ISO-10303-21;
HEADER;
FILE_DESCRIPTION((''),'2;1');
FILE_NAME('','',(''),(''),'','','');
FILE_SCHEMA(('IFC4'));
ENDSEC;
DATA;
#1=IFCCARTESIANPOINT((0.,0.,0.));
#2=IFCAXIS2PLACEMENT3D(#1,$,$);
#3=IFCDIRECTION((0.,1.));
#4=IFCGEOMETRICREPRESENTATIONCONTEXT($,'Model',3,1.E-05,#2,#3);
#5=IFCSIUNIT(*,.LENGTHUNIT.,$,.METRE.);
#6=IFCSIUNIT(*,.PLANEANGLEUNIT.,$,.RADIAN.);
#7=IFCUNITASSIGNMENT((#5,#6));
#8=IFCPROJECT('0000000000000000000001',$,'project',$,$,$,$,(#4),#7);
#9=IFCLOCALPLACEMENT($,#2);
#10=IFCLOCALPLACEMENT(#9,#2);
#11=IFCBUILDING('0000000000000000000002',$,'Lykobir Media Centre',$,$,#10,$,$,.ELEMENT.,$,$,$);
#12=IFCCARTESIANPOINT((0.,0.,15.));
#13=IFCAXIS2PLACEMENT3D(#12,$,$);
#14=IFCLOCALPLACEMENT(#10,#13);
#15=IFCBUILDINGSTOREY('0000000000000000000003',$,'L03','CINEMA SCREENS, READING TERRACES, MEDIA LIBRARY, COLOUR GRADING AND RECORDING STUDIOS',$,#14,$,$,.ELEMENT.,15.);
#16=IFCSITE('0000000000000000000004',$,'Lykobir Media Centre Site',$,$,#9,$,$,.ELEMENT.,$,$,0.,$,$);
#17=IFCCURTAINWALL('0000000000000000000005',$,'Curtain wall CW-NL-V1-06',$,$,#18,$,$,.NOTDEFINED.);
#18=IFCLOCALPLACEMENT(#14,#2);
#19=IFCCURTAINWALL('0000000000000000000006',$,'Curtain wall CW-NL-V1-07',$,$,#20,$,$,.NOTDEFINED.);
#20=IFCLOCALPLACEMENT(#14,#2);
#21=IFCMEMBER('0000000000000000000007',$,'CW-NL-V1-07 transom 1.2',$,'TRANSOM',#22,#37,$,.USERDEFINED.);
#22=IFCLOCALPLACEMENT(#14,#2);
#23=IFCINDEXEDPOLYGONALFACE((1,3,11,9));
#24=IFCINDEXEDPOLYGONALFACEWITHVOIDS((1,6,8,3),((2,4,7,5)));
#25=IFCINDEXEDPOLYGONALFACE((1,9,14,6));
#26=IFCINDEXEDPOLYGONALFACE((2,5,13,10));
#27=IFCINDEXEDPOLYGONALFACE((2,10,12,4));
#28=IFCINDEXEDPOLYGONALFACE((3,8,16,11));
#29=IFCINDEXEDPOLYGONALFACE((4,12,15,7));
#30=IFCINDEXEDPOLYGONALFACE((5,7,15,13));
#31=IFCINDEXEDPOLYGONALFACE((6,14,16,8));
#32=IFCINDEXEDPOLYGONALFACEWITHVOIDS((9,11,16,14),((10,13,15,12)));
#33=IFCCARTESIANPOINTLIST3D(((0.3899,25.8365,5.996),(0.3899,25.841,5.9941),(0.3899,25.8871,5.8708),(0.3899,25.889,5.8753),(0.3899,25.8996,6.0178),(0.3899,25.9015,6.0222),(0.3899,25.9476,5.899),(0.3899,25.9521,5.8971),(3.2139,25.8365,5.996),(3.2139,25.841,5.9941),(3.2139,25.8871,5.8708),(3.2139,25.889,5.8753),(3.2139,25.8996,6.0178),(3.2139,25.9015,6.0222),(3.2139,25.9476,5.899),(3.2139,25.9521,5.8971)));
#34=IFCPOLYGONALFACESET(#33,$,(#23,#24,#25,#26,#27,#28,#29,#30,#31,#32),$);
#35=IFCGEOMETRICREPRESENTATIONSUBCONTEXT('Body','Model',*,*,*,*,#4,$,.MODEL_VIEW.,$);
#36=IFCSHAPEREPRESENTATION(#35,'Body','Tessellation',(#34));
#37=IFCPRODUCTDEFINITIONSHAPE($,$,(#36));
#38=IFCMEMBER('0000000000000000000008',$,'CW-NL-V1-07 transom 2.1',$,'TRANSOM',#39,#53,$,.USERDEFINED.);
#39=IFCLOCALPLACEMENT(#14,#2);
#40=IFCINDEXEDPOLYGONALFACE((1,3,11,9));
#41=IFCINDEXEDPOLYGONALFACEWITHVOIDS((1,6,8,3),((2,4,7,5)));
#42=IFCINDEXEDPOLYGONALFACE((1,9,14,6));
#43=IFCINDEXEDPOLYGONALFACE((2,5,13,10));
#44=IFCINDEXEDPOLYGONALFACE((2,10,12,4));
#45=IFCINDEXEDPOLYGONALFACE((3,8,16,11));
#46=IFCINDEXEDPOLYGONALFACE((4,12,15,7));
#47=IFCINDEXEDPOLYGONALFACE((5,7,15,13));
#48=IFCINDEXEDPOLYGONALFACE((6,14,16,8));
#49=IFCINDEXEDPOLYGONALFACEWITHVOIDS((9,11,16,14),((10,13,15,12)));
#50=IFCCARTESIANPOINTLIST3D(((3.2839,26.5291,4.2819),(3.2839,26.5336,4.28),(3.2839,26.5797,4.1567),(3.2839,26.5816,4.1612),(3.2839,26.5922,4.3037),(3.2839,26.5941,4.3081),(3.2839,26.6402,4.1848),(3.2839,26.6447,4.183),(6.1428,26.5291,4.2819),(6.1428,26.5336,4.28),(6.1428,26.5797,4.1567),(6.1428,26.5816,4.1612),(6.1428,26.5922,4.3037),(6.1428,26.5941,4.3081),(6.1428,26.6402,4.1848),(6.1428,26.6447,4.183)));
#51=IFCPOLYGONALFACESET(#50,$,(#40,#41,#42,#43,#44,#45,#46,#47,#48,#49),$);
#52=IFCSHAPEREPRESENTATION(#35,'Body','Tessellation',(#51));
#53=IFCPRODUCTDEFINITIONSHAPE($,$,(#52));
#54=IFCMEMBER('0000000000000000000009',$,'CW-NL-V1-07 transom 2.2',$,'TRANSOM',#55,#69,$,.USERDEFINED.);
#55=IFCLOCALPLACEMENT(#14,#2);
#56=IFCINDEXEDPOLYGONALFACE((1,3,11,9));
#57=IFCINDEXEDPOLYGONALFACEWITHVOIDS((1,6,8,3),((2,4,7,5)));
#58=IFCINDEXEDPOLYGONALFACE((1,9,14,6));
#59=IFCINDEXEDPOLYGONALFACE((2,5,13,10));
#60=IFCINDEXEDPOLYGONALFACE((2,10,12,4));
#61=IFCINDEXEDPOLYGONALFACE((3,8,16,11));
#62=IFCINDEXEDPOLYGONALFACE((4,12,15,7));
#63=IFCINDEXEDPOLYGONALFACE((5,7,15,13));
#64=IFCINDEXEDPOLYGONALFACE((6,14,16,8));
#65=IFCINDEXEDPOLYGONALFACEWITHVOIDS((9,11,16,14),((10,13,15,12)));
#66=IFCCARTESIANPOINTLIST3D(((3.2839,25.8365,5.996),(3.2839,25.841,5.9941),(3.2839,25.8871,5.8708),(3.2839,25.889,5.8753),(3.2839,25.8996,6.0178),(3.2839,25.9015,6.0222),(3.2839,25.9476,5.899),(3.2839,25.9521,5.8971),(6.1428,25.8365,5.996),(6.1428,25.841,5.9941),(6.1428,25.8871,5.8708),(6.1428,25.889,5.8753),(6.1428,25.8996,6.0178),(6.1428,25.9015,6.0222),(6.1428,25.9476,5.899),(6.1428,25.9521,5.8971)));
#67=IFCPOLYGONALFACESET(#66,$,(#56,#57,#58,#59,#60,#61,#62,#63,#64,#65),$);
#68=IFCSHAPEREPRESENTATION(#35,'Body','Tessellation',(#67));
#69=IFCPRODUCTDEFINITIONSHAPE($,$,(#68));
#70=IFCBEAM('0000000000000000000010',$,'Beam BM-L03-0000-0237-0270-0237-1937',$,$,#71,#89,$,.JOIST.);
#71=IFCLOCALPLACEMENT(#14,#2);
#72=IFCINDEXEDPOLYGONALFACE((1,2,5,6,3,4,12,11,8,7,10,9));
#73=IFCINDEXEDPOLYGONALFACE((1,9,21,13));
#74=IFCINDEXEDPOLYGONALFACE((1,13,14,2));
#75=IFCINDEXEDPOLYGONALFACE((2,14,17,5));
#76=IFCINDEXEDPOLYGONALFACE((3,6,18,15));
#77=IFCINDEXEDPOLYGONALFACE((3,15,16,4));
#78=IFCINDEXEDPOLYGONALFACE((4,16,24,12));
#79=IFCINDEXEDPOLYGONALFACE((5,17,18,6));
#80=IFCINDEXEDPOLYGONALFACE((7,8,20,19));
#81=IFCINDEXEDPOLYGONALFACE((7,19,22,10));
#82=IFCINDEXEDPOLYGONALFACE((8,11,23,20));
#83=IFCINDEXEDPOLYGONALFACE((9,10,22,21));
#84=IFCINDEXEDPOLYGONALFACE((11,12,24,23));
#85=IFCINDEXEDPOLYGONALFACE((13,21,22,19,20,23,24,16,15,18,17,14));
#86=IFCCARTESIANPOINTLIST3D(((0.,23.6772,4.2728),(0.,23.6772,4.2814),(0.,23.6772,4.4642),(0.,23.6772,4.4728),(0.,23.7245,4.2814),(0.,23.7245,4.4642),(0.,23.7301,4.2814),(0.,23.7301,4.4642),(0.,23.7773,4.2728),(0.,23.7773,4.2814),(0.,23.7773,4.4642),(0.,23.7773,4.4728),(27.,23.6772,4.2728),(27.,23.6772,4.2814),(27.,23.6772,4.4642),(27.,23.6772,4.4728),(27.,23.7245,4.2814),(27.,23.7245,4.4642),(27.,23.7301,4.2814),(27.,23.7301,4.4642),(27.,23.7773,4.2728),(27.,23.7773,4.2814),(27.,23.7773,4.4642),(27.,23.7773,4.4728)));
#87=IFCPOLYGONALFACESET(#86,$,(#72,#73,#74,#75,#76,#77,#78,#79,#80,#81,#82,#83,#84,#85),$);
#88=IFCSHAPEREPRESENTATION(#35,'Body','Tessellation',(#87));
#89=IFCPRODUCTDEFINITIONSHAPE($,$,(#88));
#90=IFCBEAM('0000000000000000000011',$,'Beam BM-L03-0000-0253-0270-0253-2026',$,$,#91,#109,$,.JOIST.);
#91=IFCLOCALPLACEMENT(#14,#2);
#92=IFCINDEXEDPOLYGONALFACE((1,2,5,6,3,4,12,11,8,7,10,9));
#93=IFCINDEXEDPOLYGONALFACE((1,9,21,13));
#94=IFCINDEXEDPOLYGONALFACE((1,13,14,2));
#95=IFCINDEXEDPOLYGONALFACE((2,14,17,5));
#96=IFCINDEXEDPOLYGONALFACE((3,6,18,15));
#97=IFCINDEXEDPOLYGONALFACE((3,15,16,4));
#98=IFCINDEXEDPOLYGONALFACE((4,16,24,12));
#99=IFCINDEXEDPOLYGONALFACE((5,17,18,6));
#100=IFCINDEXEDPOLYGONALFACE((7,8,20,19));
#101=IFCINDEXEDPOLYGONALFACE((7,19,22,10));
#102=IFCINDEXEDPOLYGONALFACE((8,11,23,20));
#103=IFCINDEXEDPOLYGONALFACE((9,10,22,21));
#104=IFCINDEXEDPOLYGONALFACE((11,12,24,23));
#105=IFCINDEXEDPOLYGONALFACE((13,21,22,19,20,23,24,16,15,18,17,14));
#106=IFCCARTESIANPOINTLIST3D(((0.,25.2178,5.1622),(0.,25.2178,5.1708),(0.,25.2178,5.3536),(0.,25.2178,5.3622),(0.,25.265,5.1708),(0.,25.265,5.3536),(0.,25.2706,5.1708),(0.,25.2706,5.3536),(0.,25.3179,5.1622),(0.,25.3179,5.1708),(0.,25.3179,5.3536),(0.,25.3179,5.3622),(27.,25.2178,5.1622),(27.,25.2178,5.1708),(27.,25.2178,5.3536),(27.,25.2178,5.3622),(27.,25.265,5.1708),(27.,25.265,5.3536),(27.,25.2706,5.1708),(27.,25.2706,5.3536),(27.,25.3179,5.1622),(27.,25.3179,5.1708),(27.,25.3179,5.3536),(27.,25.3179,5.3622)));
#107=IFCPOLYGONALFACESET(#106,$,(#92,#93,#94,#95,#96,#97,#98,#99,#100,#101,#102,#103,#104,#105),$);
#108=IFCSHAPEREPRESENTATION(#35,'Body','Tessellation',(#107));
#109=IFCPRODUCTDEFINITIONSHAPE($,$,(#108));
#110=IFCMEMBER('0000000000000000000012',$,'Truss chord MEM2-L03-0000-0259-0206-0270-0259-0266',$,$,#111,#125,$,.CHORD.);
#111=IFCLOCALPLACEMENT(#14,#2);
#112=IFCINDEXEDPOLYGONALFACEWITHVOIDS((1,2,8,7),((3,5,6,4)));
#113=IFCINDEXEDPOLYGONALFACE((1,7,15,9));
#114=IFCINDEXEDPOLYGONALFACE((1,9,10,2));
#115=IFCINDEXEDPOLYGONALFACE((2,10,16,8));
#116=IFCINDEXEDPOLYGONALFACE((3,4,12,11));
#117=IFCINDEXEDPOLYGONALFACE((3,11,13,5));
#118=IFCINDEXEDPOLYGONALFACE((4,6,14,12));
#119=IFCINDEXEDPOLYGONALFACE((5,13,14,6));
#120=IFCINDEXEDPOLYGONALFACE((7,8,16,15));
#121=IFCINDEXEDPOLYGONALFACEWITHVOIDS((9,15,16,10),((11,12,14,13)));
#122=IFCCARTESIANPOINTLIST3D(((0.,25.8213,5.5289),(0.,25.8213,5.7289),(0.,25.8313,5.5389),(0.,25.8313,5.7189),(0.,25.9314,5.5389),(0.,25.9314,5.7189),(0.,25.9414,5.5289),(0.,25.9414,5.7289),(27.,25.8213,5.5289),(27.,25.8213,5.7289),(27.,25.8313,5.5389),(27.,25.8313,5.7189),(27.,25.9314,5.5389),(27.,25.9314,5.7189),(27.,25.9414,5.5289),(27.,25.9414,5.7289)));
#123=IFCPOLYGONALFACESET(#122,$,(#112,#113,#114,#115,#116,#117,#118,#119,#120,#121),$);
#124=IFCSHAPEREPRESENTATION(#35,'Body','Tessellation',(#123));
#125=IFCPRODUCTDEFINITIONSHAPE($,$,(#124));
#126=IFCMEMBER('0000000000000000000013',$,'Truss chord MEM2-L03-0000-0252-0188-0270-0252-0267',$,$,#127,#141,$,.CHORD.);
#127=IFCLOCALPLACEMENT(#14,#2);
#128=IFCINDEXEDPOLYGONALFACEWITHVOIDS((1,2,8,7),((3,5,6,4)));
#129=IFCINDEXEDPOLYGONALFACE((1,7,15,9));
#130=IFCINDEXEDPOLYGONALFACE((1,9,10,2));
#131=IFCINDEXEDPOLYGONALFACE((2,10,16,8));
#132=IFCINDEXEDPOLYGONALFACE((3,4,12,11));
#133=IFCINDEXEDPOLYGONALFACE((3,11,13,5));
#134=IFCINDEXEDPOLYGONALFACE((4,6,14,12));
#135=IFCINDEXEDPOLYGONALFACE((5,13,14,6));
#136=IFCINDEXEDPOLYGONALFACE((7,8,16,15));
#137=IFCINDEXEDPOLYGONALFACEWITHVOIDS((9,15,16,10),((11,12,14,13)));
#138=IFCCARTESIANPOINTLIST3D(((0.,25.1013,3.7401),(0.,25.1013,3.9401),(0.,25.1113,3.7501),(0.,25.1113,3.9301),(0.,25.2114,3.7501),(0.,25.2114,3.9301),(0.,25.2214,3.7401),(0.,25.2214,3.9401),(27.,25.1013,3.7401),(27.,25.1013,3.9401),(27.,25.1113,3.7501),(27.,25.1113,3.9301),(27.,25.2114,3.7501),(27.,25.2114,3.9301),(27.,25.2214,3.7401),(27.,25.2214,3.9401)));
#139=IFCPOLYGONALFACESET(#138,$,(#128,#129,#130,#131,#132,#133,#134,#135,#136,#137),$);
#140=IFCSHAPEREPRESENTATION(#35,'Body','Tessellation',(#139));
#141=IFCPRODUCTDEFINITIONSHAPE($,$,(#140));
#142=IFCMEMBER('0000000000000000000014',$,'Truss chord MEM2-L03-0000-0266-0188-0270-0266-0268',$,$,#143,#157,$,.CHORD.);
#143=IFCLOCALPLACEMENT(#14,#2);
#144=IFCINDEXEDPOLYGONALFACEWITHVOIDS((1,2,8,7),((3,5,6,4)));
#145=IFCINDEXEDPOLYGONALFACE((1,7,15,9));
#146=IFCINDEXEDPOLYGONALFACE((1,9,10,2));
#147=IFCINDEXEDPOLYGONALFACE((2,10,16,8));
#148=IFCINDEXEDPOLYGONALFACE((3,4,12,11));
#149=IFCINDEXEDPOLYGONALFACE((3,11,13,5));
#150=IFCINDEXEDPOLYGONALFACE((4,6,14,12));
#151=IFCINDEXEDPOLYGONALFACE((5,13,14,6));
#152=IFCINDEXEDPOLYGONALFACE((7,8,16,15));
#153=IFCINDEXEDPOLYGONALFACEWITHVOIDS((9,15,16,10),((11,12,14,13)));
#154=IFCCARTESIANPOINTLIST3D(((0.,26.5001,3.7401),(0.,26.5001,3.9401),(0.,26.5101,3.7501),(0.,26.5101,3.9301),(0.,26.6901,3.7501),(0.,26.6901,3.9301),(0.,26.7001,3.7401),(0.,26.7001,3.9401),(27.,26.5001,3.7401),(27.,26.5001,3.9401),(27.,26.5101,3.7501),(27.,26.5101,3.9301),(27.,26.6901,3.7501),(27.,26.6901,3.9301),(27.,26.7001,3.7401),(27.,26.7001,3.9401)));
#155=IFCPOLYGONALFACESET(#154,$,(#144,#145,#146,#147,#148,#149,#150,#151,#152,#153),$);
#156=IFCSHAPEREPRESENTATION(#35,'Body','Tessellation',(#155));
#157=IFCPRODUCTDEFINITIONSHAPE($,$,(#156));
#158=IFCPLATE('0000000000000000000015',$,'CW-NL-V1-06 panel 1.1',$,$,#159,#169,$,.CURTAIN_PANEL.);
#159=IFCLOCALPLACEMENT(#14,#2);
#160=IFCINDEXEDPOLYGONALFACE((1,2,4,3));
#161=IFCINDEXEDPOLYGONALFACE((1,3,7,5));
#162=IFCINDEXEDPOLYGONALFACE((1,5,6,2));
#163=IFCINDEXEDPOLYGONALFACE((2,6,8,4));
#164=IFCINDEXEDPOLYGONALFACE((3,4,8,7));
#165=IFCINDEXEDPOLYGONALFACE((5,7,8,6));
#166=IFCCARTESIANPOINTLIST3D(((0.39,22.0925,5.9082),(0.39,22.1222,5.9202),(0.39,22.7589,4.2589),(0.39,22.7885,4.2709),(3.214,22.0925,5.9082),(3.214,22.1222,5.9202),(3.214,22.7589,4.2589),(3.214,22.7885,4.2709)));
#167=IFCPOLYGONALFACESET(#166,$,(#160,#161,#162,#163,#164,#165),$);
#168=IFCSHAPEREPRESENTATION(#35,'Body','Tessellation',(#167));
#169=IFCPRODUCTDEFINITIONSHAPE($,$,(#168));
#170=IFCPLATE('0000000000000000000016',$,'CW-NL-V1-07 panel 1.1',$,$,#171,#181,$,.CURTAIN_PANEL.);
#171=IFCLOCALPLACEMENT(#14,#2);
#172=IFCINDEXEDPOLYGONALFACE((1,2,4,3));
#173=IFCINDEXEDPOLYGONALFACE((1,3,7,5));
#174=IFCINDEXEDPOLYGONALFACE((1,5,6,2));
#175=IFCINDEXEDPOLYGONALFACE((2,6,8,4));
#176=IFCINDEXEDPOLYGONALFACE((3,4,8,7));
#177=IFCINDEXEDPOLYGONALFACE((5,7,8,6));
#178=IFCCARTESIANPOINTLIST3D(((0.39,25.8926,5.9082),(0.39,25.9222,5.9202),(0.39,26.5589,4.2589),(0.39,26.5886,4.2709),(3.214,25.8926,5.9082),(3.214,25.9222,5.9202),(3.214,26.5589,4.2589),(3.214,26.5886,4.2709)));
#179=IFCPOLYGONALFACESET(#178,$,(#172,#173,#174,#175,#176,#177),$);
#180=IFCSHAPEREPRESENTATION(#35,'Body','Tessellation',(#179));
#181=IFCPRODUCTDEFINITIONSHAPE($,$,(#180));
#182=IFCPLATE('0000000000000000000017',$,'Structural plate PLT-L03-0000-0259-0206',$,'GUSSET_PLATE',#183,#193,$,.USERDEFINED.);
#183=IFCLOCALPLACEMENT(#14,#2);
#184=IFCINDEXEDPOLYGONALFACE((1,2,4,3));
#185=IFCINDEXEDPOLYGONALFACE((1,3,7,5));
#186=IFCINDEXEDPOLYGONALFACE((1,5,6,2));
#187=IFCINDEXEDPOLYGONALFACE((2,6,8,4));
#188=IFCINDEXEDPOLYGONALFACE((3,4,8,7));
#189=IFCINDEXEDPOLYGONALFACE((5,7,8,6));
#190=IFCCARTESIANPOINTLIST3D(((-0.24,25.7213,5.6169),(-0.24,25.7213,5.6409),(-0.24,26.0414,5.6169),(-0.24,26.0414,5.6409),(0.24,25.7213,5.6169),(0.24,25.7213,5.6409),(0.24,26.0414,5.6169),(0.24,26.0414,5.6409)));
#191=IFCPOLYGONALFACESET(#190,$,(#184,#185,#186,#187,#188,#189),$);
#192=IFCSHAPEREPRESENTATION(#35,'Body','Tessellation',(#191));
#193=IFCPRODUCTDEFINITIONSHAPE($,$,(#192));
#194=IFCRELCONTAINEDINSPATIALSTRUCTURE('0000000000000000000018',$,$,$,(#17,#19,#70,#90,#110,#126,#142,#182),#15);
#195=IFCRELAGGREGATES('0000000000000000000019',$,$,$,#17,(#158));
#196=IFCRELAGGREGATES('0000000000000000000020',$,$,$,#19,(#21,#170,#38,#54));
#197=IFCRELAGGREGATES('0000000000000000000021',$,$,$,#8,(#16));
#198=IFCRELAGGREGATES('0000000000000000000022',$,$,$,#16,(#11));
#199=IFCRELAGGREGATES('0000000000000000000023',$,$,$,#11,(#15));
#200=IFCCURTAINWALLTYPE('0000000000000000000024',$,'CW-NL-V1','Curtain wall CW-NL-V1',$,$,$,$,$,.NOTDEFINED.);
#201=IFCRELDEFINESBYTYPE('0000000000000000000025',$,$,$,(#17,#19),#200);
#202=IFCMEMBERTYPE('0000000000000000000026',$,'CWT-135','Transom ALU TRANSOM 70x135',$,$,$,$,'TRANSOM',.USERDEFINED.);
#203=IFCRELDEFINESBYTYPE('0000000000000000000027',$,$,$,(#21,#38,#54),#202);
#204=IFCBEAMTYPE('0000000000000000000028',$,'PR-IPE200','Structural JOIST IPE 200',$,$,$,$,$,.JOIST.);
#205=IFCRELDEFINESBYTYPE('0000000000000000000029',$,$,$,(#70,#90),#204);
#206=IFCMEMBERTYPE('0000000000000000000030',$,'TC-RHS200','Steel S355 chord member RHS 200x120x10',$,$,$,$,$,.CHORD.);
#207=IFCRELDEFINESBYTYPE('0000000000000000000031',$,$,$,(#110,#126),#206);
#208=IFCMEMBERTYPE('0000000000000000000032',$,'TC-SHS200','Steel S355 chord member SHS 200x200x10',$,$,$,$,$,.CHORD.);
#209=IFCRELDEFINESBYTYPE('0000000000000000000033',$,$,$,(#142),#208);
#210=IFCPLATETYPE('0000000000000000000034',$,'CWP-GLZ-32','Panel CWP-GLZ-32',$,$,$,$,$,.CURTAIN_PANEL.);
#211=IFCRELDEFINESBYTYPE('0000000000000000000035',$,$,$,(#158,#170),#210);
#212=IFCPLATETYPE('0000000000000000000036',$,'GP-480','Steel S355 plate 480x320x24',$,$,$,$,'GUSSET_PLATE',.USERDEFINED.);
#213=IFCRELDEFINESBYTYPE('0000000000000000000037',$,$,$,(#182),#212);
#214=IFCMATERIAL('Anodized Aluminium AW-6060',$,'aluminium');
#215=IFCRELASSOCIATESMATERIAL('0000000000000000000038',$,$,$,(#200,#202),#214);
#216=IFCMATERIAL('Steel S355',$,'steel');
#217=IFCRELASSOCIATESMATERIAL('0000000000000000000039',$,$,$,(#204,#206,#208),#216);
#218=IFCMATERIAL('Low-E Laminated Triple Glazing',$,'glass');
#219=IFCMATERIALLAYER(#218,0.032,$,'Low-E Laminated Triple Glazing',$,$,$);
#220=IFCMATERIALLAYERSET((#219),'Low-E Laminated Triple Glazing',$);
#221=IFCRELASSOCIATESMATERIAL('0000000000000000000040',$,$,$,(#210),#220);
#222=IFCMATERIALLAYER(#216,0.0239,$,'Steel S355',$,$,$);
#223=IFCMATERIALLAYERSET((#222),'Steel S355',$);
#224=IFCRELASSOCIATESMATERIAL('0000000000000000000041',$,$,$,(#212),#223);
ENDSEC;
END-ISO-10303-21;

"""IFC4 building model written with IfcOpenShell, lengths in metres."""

from ifc_helpers import new_model, si_unit, direction, frame, origin, origin_2d, place, context, subcontext, project, spatial, rectangle, hollow_rectangle, i_section, extrude, material, layer, layer_set, material_profile, profile_set, type_object, element, aggregate, save


model = new_model("IFC4")

# Units and contexts
model_context = context("Model", 3, precision=1e-05, world=origin(), true_north=direction((0.0, 1.0)))
body_context = subcontext(model_context, "Body", "Model", "MODEL_VIEW")
ifc_project = project(units=[si_unit("LENGTHUNIT", "METRE"), si_unit("PLANEANGLEUNIT", "RADIAN")], contexts=[model_context])

# Site, building, storey
site_placement = place(None, origin())
site = spatial("IfcSite", under=ifc_project, at=site_placement, Name="Lykobir Media Centre Site", CompositionType="ELEMENT", RefElevation=0.0)
building_placement = place(site_placement, origin())
building = spatial("IfcBuilding", under=site, at=building_placement, Name="Lykobir Media Centre", CompositionType="ELEMENT")
storey_placement = place(building_placement, frame((0.0, 0.0, 15.0)))
storey = spatial("IfcBuildingStorey", under=building, at=storey_placement, Name="L03", Description="CINEMA SCREENS, READING TERRACES, MEDIA LIBRARY, COLOUR GRADING AND RECORDING STUDIOS", CompositionType="ELEMENT", Elevation=15.0)

# Shared definitions
ifc_material_1 = material(Name="Steel S355", Category="steel")

# Curtain walls
ifc_material_2 = material(Name="Anodized Aluminium AW-6060", Category="aluminium")
curtain_wall_type = type_object("IfcCurtainWallType", Name="CW-NL-V1", Description="Curtain wall CW-NL-V1", PredefinedType="NOTDEFINED", material=ifc_material_2)
curtain_wall_1_placement = place(storey_placement, origin())
curtain_wall_1 = element("IfcCurtainWall", 1, at=curtain_wall_1_placement, inside=storey, type_object=curtain_wall_type, Name="Curtain wall CW-NL-V1-06", PredefinedType="NOTDEFINED")
curtain_wall_2_placement = place(storey_placement, origin())
curtain_wall_2 = element("IfcCurtainWall", 2, at=curtain_wall_2_placement, inside=storey, type_object=curtain_wall_type, Name="Curtain wall CW-NL-V1-07", PredefinedType="NOTDEFINED")

# Members
ifc_material_profile_1 = material_profile(ifc_material_2, hollow_rectangle(XDim=0.0701, YDim=0.135, WallThickness=0.0034, at=origin_2d()), Name="ALU TRANSOM 70x135")
ifc_profile_set_1 = profile_set([ifc_material_profile_1], Name="Anodized Aluminium AW-6060")
member_type_1 = type_object("IfcMemberType", Name="CWT-135", Description="Transom ALU TRANSOM 70x135", ElementType="TRANSOM", PredefinedType="USERDEFINED", material=ifc_profile_set_1)
member_1_placement = place(storey_placement, frame((0.3899, 25.8943, 5.9465), z_axis=(1.0, 0.0, 0.0), x_axis=(0.0, 0.927184, 0.374607)))
member_1 = element("IfcMember", 3, at=member_1_placement, type_object=member_type_1, Name="CW-NL-V1-07 transom 1.2", ObjectType="TRANSOM", PredefinedType="USERDEFINED", context=body_context, shape_type="SweptSolid", body=[
    extrude(hollow_rectangle(XDim=0.0701, YDim=0.135, WallThickness=0.0034, at=origin_2d()), origin(), (0.0, 0.0, 1.0), 2.824),
])
member_2_placement = place(storey_placement, frame((3.2839, 26.5869, 4.2324), z_axis=(1.0, 0.0, 0.0), x_axis=(0.0, 0.927184, 0.374607)))
member_2 = element("IfcMember", 4, at=member_2_placement, type_object=member_type_1, Name="CW-NL-V1-07 transom 2.1", ObjectType="TRANSOM", PredefinedType="USERDEFINED", context=body_context, shape_type="SweptSolid", body=[
    extrude(hollow_rectangle(XDim=0.0701, YDim=0.135, WallThickness=0.0034, at=origin_2d()), origin(), (0.0, 0.0, 1.0), 2.8589),
])
member_3_placement = place(storey_placement, frame((3.2839, 25.8943, 5.9465), z_axis=(1.0, 0.0, 0.0), x_axis=(0.0, 0.927184, 0.374607)))
member_3 = element("IfcMember", 5, at=member_3_placement, type_object=member_type_1, Name="CW-NL-V1-07 transom 2.2", ObjectType="TRANSOM", PredefinedType="USERDEFINED", context=body_context, shape_type="SweptSolid", body=[
    extrude(hollow_rectangle(XDim=0.0701, YDim=0.135, WallThickness=0.0034, at=origin_2d()), origin(), (0.0, 0.0, 1.0), 2.8589),
])

# Beams
ifc_material_profile_2 = material_profile(ifc_material_1, i_section(OverallWidth=0.1001, OverallDepth=0.2, WebThickness=0.0056, FlangeThickness=0.0085, at=origin_2d()), Name="IPE 200")
ifc_profile_set_2 = profile_set([ifc_material_profile_2], Name="Steel S355")
beam_type = type_object("IfcBeamType", Name="PR-IPE200", Description="Structural JOIST IPE 200", PredefinedType="JOIST", material=ifc_profile_set_2)
for number, where, z_axis, x_axis, name in (
    (6, (0.0, 23.7273, 4.3728), (1.0, 0.0, 0.0), (0.0, 1.0, 0.0), "Beam BM-L03-0000-0237-0270-0237-1937"),
    (7, (0.0, 25.2678, 5.2622), (1.0, 0.0, 0.0), (0.0, 1.0, 0.0), "Beam BM-L03-0000-0253-0270-0253-2026"),
):
    element("IfcBeam", number, at=place(storey_placement, frame(where, z_axis=z_axis, x_axis=x_axis)), inside=storey, type_object=beam_type, Name=name, PredefinedType="JOIST", context=body_context, shape_type="SweptSolid", body=[
        extrude(i_section(OverallWidth=0.1001, OverallDepth=0.2, WebThickness=0.0056, FlangeThickness=0.0085, at=origin_2d()), origin(), (0.0, 0.0, 1.0), 27.0),
    ])

# Members
ifc_material_profile_3 = material_profile(ifc_material_1, hollow_rectangle(XDim=0.1201, YDim=0.2, WallThickness=0.01, at=origin_2d()), Name="RHS 200x120x10")
ifc_profile_set_3 = profile_set([ifc_material_profile_3], Name="Steel S355")
member_type_2 = type_object("IfcMemberType", Name="TC-RHS200", Description="Steel S355 chord member RHS 200x120x10", PredefinedType="CHORD", material=ifc_profile_set_3)
for number, where, z_axis, x_axis, name in (
    (8, (0.0, 25.8813, 5.6289), (1.0, 0.0, 0.0), (0.0, 1.0, 0.0), "Truss chord MEM2-L03-0000-0259-0206-0270-0259-0266"),
    (9, (0.0, 25.1614, 3.8401), (1.0, 0.0, 0.0), (0.0, 1.0, 0.0), "Truss chord MEM2-L03-0000-0252-0188-0270-0252-0267"),
):
    element("IfcMember", number, at=place(storey_placement, frame(where, z_axis=z_axis, x_axis=x_axis)), inside=storey, type_object=member_type_2, Name=name, PredefinedType="CHORD", context=body_context, shape_type="SweptSolid", body=[
        extrude(hollow_rectangle(XDim=0.1201, YDim=0.2, WallThickness=0.01, at=origin_2d()), origin(), (0.0, 0.0, 1.0), 27.0),
    ])
ifc_material_profile_4 = material_profile(ifc_material_1, hollow_rectangle(XDim=0.2, YDim=0.2, WallThickness=0.01, at=origin_2d()), Name="SHS 200x200x10")
ifc_profile_set_4 = profile_set([ifc_material_profile_4], Name="Steel S355")
member_type_3 = type_object("IfcMemberType", Name="TC-SHS200", Description="Steel S355 chord member SHS 200x200x10", PredefinedType="CHORD", material=ifc_profile_set_4)
member_4_placement = place(storey_placement, frame((0.0, 26.6001, 3.8401), z_axis=(1.0, 0.0, 0.0), x_axis=(0.0, 1.0, 0.0)))
element("IfcMember", 10, at=member_4_placement, inside=storey, type_object=member_type_3, Name="Truss chord MEM2-L03-0000-0266-0188-0270-0266-0268", PredefinedType="CHORD", context=body_context, shape_type="SweptSolid", body=[
    extrude(hollow_rectangle(XDim=0.2, YDim=0.2, WallThickness=0.01, at=origin_2d()), origin(), (0.0, 0.0, 1.0), 27.0),
])

# Plates
ifc_material_3 = material(Name="Low-E Laminated Triple Glazing", Category="glass")
ifc_layer_1 = layer(ifc_material_3, 0.032, Name="Low-E Laminated Triple Glazing")
ifc_layer_set_1 = layer_set([ifc_layer_1], Name="Low-E Laminated Triple Glazing")
plate_type_1 = type_object("IfcPlateType", Name="CWP-GLZ-32", Description="Panel CWP-GLZ-32", PredefinedType="CURTAIN_PANEL", material=ifc_layer_set_1)
plate_1_placement = place(storey_placement, frame((1.802, 22.7737, 4.2649), z_axis=(0.0, -0.374607, 0.927184), x_axis=(1.0, 0.0, 0.0)))
plate_1 = element("IfcPlate", 11, at=plate_1_placement, type_object=plate_type_1, Name="CW-NL-V1-06 panel 1.1", PredefinedType="CURTAIN_PANEL", context=body_context, shape_type="SweptSolid", body=[
    extrude(rectangle(XDim=2.824, YDim=0.032, at=origin_2d()), origin(), (0.0, 0.0, 1.0), 1.7788),
])
aggregate(curtain_wall_1, [plate_1])
plate_2_placement = place(storey_placement, frame((1.802, 26.5737, 4.2649), z_axis=(0.0, -0.374607, 0.927184), x_axis=(1.0, 0.0, 0.0)))
plate_2 = element("IfcPlate", 12, at=plate_2_placement, type_object=plate_type_1, Name="CW-NL-V1-07 panel 1.1", PredefinedType="CURTAIN_PANEL", context=body_context, shape_type="SweptSolid", body=[
    extrude(rectangle(XDim=2.824, YDim=0.032, at=origin_2d()), origin(), (0.0, 0.0, 1.0), 1.7788),
])
aggregate(curtain_wall_2, [member_1, plate_2, member_2, member_3])

# Plate
ifc_layer_2 = layer(ifc_material_1, 0.0239, Name="Steel S355")
ifc_layer_set_2 = layer_set([ifc_layer_2], Name="Steel S355")
plate_type_2 = type_object("IfcPlateType", Name="GP-480", Description="Steel S355 plate 480x320x24", ElementType="GUSSET_PLATE", PredefinedType="USERDEFINED", material=ifc_layer_set_2)
for number, where, z_axis, x_axis, name in (
    (13, (0.0, 25.8813, 5.6169), (0.0, 0.0, 1.0), (1.0, 0.0, 0.0), "Structural plate PLT-L03-0000-0259-0206"),
):
    element("IfcPlate", number, at=place(storey_placement, frame(where, z_axis=z_axis, x_axis=x_axis)), inside=storey, type_object=plate_type_2, Name=name, ObjectType="GUSSET_PLATE", PredefinedType="USERDEFINED", context=body_context, shape_type="SweptSolid", body=[
        extrude(rectangle(XDim=0.48, YDim=0.3201, at=origin_2d()), origin(), (0.0, 0.0, 1.0), 0.0239),
    ])

save(model, "model.ifc")
